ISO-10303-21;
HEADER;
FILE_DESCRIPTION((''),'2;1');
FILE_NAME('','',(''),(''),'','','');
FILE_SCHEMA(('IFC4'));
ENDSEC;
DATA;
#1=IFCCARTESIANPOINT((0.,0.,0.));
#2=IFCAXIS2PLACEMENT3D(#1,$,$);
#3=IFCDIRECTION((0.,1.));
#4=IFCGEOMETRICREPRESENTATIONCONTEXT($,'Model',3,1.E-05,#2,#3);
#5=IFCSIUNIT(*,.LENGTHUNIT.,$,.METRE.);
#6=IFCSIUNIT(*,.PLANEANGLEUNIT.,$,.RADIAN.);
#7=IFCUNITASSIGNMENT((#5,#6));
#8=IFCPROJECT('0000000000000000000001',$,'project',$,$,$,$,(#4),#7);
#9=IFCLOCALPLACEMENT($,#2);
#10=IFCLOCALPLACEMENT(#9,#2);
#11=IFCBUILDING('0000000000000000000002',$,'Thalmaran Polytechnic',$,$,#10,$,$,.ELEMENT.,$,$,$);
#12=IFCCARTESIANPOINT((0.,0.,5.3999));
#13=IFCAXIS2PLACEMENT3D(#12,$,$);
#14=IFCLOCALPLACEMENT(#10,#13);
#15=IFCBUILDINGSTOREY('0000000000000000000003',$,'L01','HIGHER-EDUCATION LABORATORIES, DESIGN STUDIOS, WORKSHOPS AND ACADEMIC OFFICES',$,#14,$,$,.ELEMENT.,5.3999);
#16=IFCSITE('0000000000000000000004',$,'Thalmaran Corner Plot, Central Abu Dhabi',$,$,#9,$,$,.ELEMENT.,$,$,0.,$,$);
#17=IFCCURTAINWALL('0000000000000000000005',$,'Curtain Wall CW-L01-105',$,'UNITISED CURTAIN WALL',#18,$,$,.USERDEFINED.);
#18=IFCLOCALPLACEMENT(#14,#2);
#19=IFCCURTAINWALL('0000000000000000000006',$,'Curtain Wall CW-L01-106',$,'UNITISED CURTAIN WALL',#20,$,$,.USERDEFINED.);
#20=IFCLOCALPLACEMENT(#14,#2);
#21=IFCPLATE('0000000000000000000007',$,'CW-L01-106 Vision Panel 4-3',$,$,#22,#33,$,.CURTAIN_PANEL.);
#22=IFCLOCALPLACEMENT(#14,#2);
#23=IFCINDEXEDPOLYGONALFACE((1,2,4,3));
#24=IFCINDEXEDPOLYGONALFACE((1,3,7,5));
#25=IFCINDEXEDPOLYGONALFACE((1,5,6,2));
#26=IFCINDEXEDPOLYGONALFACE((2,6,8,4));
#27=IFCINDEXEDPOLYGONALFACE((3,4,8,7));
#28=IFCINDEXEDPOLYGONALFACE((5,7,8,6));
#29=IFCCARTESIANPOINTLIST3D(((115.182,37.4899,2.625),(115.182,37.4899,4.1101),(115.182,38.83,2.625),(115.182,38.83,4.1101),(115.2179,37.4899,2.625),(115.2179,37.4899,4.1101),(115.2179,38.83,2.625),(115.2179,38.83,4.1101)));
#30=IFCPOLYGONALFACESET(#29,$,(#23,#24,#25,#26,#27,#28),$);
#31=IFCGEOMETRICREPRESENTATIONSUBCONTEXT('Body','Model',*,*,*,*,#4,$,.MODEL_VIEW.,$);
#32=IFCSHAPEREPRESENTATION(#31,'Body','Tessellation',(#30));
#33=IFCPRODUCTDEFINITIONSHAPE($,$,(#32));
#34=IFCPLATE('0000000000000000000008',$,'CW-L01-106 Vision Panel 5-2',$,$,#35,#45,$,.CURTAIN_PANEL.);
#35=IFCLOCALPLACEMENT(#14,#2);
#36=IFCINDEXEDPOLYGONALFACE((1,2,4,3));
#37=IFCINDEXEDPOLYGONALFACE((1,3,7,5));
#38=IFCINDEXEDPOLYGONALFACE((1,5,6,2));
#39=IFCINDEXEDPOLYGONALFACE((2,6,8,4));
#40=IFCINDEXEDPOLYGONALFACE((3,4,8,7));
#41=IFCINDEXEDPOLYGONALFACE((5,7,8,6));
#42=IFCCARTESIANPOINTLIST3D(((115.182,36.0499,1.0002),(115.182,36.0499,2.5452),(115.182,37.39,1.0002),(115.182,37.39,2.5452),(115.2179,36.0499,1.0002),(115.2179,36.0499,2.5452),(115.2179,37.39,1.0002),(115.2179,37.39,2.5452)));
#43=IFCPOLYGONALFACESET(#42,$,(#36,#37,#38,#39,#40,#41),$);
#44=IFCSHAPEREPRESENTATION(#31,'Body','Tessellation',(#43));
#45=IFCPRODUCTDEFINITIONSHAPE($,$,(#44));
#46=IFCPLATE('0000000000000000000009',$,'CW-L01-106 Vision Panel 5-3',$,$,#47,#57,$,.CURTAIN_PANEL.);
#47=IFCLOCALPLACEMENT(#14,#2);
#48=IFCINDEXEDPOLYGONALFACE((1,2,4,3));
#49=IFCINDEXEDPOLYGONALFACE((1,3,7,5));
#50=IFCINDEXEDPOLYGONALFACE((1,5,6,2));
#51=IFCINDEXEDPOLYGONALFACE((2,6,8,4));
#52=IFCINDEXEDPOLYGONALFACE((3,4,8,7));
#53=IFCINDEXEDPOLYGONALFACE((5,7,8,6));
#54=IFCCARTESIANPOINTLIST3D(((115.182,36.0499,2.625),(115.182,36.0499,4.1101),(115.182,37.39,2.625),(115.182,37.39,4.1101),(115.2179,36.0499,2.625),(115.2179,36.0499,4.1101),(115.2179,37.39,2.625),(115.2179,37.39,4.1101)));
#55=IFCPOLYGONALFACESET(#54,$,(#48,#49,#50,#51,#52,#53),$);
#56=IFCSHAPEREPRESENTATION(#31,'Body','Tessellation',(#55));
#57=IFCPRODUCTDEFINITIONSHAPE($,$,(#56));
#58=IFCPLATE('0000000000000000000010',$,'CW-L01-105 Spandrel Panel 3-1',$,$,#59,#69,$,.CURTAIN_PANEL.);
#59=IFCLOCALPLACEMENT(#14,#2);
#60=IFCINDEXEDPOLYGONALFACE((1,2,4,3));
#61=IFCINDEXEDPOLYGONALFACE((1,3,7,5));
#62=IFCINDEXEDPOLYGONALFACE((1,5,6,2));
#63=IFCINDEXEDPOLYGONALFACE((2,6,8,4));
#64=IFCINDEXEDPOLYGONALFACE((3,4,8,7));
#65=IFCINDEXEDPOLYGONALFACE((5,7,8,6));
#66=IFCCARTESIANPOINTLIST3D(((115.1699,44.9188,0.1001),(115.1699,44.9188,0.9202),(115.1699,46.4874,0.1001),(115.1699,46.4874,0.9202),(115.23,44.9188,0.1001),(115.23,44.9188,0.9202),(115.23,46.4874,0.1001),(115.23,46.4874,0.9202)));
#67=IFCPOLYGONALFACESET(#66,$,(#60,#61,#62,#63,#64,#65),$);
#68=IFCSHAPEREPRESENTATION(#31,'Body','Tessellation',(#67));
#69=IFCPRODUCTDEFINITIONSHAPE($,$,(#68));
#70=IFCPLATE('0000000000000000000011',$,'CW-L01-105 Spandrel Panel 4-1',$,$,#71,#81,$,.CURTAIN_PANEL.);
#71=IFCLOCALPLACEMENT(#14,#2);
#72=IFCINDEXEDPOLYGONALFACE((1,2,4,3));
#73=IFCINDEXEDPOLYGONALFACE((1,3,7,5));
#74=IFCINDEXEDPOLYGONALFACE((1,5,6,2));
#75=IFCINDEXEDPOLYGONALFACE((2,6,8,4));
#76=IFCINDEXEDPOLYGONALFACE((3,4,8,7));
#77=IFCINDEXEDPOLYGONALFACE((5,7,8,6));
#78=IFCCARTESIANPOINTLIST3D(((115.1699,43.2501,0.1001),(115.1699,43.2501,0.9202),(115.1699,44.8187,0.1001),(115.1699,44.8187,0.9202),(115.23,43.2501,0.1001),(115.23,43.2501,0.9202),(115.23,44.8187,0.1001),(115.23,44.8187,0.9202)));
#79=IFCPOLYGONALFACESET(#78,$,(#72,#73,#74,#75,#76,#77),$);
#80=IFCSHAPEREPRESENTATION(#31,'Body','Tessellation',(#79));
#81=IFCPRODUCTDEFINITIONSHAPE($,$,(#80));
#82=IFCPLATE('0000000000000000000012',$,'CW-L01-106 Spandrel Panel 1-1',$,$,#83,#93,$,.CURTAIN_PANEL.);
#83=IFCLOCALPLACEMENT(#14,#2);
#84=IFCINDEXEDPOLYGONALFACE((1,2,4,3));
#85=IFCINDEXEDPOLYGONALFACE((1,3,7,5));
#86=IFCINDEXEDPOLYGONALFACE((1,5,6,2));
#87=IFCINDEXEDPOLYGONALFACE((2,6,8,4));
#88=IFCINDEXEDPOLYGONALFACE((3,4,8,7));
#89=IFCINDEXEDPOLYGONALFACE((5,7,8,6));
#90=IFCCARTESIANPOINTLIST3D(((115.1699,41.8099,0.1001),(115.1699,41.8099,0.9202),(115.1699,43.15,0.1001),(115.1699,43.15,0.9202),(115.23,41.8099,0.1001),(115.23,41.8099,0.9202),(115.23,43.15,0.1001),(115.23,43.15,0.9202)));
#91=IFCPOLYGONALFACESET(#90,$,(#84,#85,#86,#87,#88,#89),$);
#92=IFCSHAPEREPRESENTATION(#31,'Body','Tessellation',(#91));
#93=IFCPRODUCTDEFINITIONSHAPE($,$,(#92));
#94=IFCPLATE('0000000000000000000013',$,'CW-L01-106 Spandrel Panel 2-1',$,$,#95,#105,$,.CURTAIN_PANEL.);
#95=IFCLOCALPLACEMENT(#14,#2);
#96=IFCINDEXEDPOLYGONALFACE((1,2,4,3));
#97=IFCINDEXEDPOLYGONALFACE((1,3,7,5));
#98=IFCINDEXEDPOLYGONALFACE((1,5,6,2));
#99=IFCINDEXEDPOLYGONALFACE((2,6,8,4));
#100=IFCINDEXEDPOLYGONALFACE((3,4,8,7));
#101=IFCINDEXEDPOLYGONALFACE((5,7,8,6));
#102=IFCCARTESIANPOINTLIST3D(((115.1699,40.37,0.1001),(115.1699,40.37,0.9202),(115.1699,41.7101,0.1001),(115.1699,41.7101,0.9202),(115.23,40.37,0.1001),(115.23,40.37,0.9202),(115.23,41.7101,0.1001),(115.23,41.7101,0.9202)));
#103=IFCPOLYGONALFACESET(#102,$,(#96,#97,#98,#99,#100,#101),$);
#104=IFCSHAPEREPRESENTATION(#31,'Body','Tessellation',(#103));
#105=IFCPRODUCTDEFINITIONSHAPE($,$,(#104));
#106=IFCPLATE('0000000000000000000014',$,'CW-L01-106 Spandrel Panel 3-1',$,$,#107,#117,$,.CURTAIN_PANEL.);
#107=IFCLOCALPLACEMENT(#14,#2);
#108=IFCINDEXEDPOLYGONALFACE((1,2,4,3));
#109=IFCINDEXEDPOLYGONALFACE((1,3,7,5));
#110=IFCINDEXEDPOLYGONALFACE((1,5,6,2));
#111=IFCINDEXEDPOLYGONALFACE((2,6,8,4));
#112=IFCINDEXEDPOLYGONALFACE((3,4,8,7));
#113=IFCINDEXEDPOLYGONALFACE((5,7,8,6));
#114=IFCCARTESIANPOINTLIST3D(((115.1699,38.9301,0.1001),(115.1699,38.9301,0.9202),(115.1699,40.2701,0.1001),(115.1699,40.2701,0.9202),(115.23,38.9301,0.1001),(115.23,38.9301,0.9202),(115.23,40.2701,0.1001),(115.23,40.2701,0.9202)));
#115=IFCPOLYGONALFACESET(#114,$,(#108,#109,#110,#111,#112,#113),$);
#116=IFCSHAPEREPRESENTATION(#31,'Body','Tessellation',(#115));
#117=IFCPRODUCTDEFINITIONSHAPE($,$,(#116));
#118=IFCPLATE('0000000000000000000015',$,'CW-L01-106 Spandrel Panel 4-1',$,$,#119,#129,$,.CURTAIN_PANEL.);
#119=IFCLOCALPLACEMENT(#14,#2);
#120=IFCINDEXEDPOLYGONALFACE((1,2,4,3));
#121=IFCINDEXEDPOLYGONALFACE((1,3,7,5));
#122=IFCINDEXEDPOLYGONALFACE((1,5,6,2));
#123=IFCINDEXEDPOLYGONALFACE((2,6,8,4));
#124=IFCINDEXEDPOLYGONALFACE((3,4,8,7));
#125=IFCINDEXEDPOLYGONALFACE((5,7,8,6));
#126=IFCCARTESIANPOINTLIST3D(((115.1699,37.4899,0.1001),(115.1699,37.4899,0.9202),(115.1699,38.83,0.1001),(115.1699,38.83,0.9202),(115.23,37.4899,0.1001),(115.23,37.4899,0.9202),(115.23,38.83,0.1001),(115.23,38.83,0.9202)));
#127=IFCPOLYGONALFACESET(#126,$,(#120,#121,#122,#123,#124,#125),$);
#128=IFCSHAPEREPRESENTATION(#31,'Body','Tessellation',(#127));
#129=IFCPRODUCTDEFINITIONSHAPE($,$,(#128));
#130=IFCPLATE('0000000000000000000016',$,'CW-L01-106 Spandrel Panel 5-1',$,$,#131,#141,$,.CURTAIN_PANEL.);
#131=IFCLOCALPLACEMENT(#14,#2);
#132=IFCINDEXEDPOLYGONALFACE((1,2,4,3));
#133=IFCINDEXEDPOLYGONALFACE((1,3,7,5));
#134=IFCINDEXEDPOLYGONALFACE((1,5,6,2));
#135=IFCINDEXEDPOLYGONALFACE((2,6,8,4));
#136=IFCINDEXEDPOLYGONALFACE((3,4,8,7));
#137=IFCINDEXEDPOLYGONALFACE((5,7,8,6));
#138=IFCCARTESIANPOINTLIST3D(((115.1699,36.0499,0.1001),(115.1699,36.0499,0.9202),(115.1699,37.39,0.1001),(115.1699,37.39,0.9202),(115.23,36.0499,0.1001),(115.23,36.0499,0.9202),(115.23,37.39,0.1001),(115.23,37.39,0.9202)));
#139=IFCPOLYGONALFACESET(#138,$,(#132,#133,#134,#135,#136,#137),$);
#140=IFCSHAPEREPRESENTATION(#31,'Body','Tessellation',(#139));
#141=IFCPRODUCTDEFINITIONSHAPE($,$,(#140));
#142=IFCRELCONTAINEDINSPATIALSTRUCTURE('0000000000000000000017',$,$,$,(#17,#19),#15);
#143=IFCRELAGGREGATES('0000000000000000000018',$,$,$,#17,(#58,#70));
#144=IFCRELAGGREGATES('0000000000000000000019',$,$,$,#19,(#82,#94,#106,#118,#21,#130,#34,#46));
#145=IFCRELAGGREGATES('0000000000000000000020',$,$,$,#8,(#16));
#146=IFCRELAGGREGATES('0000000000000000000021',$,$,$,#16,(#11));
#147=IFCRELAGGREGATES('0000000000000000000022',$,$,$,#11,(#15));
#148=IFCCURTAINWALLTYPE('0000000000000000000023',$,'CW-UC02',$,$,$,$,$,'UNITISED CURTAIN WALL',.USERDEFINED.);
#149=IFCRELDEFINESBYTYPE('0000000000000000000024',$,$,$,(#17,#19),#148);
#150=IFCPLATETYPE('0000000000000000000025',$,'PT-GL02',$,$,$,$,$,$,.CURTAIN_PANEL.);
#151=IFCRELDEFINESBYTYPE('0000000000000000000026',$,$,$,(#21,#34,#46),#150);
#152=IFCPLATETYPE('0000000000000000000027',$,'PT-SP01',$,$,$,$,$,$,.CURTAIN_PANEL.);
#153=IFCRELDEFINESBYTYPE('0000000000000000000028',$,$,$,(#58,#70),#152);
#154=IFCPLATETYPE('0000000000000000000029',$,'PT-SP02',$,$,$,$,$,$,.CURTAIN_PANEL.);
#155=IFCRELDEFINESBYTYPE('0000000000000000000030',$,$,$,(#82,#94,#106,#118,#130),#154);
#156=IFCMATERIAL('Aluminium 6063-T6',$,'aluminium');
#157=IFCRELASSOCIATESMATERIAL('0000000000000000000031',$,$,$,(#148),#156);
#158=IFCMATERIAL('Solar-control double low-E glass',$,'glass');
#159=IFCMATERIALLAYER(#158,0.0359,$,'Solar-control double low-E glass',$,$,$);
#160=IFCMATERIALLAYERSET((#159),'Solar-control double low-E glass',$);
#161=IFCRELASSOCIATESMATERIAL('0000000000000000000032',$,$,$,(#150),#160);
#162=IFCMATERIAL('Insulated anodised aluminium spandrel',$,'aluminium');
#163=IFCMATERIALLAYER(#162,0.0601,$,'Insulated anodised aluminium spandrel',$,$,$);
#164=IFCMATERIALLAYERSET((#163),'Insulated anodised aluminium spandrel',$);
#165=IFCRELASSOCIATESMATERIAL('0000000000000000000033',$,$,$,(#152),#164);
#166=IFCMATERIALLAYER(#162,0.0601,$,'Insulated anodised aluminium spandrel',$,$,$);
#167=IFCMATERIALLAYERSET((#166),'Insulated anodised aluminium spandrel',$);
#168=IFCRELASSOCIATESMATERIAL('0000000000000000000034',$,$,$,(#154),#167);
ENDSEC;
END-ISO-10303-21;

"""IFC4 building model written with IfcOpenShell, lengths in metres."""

from ifc_helpers import new_model, si_unit, direction, frame, origin, origin_2d, place, context, subcontext, project, spatial, rectangle, extrude, material, layer, layer_set, type_object, element, aggregate, save


model = new_model("IFC4")

# Units and contexts
model_context = context("Model", 3, precision=1e-05, world=origin(), true_north=direction((0.0, 1.0)))
body_context = subcontext(model_context, "Body", "Model", "MODEL_VIEW")
ifc_project = project(units=[si_unit("LENGTHUNIT", "METRE"), si_unit("PLANEANGLEUNIT", "RADIAN")], contexts=[model_context])

# Site, building, storey
site_placement = place(None, origin())
site = spatial("IfcSite", under=ifc_project, at=site_placement, Name="Thalmaran Corner Plot, Central Abu Dhabi", CompositionType="ELEMENT", RefElevation=0.0)
building_placement = place(site_placement, origin())
building = spatial("IfcBuilding", under=site, at=building_placement, Name="Thalmaran Polytechnic", CompositionType="ELEMENT")
storey_placement = place(building_placement, frame((0.0, 0.0, 5.3999)))
storey = spatial("IfcBuildingStorey", under=building, at=storey_placement, Name="L01", Description="HIGHER-EDUCATION LABORATORIES, DESIGN STUDIOS, WORKSHOPS AND ACADEMIC OFFICES", CompositionType="ELEMENT", Elevation=5.3999)

# Curtain walls
ifc_material_1 = material(Name="Aluminium 6063-T6", Category="aluminium")
curtain_wall_type = type_object("IfcCurtainWallType", Name="CW-UC02", ElementType="UNITISED CURTAIN WALL", PredefinedType="USERDEFINED", material=ifc_material_1)
curtain_wall_1_placement = place(storey_placement, origin())
curtain_wall_1 = element("IfcCurtainWall", 1, at=curtain_wall_1_placement, inside=storey, type_object=curtain_wall_type, Name="Curtain Wall CW-L01-105", ObjectType="UNITISED CURTAIN WALL", PredefinedType="USERDEFINED")
curtain_wall_2_placement = place(storey_placement, origin())
curtain_wall_2 = element("IfcCurtainWall", 2, at=curtain_wall_2_placement, inside=storey, type_object=curtain_wall_type, Name="Curtain Wall CW-L01-106", ObjectType="UNITISED CURTAIN WALL", PredefinedType="USERDEFINED")

# Plates
ifc_material_2 = material(Name="Solar-control double low-E glass", Category="glass")
ifc_layer_1 = layer(ifc_material_2, 0.0359, Name="Solar-control double low-E glass")
ifc_layer_set_1 = layer_set([ifc_layer_1], Name="Solar-control double low-E glass")
plate_type_1 = type_object("IfcPlateType", Name="PT-GL02", PredefinedType="CURTAIN_PANEL", material=ifc_layer_set_1)
plate_1_placement = place(storey_placement, frame((115.2, 38.1599, 2.625), z_axis=(0.0, 0.0, 1.0), x_axis=(0.0, -1.0, 0.0)))
plate_1 = element("IfcPlate", 3, at=plate_1_placement, type_object=plate_type_1, Name="CW-L01-106 Vision Panel 4-3", PredefinedType="CURTAIN_PANEL", context=body_context, shape_type="SweptSolid", body=[
    extrude(rectangle(XDim=1.3401, YDim=0.0359, at=origin_2d()), origin(), (0.0, 0.0, 1.0), 1.4851),
])
plate_2_placement = place(storey_placement, frame((115.2, 36.72, 1.0002), z_axis=(0.0, 0.0, 1.0), x_axis=(0.0, -1.0, 0.0)))
plate_2 = element("IfcPlate", 4, at=plate_2_placement, type_object=plate_type_1, Name="CW-L01-106 Vision Panel 5-2", PredefinedType="CURTAIN_PANEL", context=body_context, shape_type="SweptSolid", body=[
    extrude(rectangle(XDim=1.3401, YDim=0.0359, at=origin_2d()), origin(), (0.0, 0.0, 1.0), 1.5449),
])
plate_3_placement = place(storey_placement, frame((115.2, 36.72, 2.625), z_axis=(0.0, 0.0, 1.0), x_axis=(0.0, -1.0, 0.0)))
plate_3 = element("IfcPlate", 5, at=plate_3_placement, type_object=plate_type_1, Name="CW-L01-106 Vision Panel 5-3", PredefinedType="CURTAIN_PANEL", context=body_context, shape_type="SweptSolid", body=[
    extrude(rectangle(XDim=1.3401, YDim=0.0359, at=origin_2d()), origin(), (0.0, 0.0, 1.0), 1.4851),
])
ifc_material_3 = material(Name="Insulated anodised aluminium spandrel", Category="aluminium")
ifc_layer_2 = layer(ifc_material_3, 0.0601, Name="Insulated anodised aluminium spandrel")
ifc_layer_set_2 = layer_set([ifc_layer_2], Name="Insulated anodised aluminium spandrel")
plate_type_2 = type_object("IfcPlateType", Name="PT-SP01", PredefinedType="CURTAIN_PANEL", material=ifc_layer_set_2)
plate_4_placement = place(storey_placement, frame((115.2, 45.7031, 0.1001), z_axis=(0.0, 0.0, 1.0), x_axis=(0.0, -1.0, 0.0)))
plate_4 = element("IfcPlate", 6, at=plate_4_placement, type_object=plate_type_2, Name="CW-L01-105 Spandrel Panel 3-1", PredefinedType="CURTAIN_PANEL", context=body_context, shape_type="SweptSolid", body=[
    extrude(rectangle(XDim=1.5686, YDim=0.0601, at=origin_2d()), origin(), (0.0, 0.0, 1.0), 0.8201),
])
plate_5_placement = place(storey_placement, frame((115.2, 44.0344, 0.1001), z_axis=(0.0, 0.0, 1.0), x_axis=(0.0, -1.0, 0.0)))
plate_5 = element("IfcPlate", 7, at=plate_5_placement, type_object=plate_type_2, Name="CW-L01-105 Spandrel Panel 4-1", PredefinedType="CURTAIN_PANEL", context=body_context, shape_type="SweptSolid", body=[
    extrude(rectangle(XDim=1.5686, YDim=0.0601, at=origin_2d()), origin(), (0.0, 0.0, 1.0), 0.8201),
])
aggregate(curtain_wall_1, [plate_4, plate_5])
ifc_layer_3 = layer(ifc_material_3, 0.0601, Name="Insulated anodised aluminium spandrel")
ifc_layer_set_3 = layer_set([ifc_layer_3], Name="Insulated anodised aluminium spandrel")
plate_type_3 = type_object("IfcPlateType", Name="PT-SP02", PredefinedType="CURTAIN_PANEL", material=ifc_layer_set_3)
plate_6_placement = place(storey_placement, frame((115.2, 42.48, 0.1001), z_axis=(0.0, 0.0, 1.0), x_axis=(0.0, -1.0, 0.0)))
plate_6 = element("IfcPlate", 8, at=plate_6_placement, type_object=plate_type_3, Name="CW-L01-106 Spandrel Panel 1-1", PredefinedType="CURTAIN_PANEL", context=body_context, shape_type="SweptSolid", body=[
    extrude(rectangle(XDim=1.3401, YDim=0.0601, at=origin_2d()), origin(), (0.0, 0.0, 1.0), 0.8201),
])
plate_7_placement = place(storey_placement, frame((115.2, 41.04, 0.1001), z_axis=(0.0, 0.0, 1.0), x_axis=(0.0, -1.0, 0.0)))
plate_7 = element("IfcPlate", 9, at=plate_7_placement, type_object=plate_type_3, Name="CW-L01-106 Spandrel Panel 2-1", PredefinedType="CURTAIN_PANEL", context=body_context, shape_type="SweptSolid", body=[
    extrude(rectangle(XDim=1.3401, YDim=0.0601, at=origin_2d()), origin(), (0.0, 0.0, 1.0), 0.8201),
])
plate_8_placement = place(storey_placement, frame((115.2, 39.6001, 0.1001), z_axis=(0.0, 0.0, 1.0), x_axis=(0.0, -1.0, 0.0)))
plate_8 = element("IfcPlate", 10, at=plate_8_placement, type_object=plate_type_3, Name="CW-L01-106 Spandrel Panel 3-1", PredefinedType="CURTAIN_PANEL", context=body_context, shape_type="SweptSolid", body=[
    extrude(rectangle(XDim=1.3401, YDim=0.0601, at=origin_2d()), origin(), (0.0, 0.0, 1.0), 0.8201),
])
plate_9_placement = place(storey_placement, frame((115.2, 38.1599, 0.1001), z_axis=(0.0, 0.0, 1.0), x_axis=(0.0, -1.0, 0.0)))
plate_9 = element("IfcPlate", 11, at=plate_9_placement, type_object=plate_type_3, Name="CW-L01-106 Spandrel Panel 4-1", PredefinedType="CURTAIN_PANEL", context=body_context, shape_type="SweptSolid", body=[
    extrude(rectangle(XDim=1.3401, YDim=0.0601, at=origin_2d()), origin(), (0.0, 0.0, 1.0), 0.8201),
])
plate_10_placement = place(storey_placement, frame((115.2, 36.72, 0.1001), z_axis=(0.0, 0.0, 1.0), x_axis=(0.0, -1.0, 0.0)))
plate_10 = element("IfcPlate", 12, at=plate_10_placement, type_object=plate_type_3, Name="CW-L01-106 Spandrel Panel 5-1", PredefinedType="CURTAIN_PANEL", context=body_context, shape_type="SweptSolid", body=[
    extrude(rectangle(XDim=1.3401, YDim=0.0601, at=origin_2d()), origin(), (0.0, 0.0, 1.0), 0.8201),
])
aggregate(curtain_wall_2, [plate_6, plate_7, plate_8, plate_9, plate_1, plate_10, plate_2, plate_3])

save(model, "model.ifc")
